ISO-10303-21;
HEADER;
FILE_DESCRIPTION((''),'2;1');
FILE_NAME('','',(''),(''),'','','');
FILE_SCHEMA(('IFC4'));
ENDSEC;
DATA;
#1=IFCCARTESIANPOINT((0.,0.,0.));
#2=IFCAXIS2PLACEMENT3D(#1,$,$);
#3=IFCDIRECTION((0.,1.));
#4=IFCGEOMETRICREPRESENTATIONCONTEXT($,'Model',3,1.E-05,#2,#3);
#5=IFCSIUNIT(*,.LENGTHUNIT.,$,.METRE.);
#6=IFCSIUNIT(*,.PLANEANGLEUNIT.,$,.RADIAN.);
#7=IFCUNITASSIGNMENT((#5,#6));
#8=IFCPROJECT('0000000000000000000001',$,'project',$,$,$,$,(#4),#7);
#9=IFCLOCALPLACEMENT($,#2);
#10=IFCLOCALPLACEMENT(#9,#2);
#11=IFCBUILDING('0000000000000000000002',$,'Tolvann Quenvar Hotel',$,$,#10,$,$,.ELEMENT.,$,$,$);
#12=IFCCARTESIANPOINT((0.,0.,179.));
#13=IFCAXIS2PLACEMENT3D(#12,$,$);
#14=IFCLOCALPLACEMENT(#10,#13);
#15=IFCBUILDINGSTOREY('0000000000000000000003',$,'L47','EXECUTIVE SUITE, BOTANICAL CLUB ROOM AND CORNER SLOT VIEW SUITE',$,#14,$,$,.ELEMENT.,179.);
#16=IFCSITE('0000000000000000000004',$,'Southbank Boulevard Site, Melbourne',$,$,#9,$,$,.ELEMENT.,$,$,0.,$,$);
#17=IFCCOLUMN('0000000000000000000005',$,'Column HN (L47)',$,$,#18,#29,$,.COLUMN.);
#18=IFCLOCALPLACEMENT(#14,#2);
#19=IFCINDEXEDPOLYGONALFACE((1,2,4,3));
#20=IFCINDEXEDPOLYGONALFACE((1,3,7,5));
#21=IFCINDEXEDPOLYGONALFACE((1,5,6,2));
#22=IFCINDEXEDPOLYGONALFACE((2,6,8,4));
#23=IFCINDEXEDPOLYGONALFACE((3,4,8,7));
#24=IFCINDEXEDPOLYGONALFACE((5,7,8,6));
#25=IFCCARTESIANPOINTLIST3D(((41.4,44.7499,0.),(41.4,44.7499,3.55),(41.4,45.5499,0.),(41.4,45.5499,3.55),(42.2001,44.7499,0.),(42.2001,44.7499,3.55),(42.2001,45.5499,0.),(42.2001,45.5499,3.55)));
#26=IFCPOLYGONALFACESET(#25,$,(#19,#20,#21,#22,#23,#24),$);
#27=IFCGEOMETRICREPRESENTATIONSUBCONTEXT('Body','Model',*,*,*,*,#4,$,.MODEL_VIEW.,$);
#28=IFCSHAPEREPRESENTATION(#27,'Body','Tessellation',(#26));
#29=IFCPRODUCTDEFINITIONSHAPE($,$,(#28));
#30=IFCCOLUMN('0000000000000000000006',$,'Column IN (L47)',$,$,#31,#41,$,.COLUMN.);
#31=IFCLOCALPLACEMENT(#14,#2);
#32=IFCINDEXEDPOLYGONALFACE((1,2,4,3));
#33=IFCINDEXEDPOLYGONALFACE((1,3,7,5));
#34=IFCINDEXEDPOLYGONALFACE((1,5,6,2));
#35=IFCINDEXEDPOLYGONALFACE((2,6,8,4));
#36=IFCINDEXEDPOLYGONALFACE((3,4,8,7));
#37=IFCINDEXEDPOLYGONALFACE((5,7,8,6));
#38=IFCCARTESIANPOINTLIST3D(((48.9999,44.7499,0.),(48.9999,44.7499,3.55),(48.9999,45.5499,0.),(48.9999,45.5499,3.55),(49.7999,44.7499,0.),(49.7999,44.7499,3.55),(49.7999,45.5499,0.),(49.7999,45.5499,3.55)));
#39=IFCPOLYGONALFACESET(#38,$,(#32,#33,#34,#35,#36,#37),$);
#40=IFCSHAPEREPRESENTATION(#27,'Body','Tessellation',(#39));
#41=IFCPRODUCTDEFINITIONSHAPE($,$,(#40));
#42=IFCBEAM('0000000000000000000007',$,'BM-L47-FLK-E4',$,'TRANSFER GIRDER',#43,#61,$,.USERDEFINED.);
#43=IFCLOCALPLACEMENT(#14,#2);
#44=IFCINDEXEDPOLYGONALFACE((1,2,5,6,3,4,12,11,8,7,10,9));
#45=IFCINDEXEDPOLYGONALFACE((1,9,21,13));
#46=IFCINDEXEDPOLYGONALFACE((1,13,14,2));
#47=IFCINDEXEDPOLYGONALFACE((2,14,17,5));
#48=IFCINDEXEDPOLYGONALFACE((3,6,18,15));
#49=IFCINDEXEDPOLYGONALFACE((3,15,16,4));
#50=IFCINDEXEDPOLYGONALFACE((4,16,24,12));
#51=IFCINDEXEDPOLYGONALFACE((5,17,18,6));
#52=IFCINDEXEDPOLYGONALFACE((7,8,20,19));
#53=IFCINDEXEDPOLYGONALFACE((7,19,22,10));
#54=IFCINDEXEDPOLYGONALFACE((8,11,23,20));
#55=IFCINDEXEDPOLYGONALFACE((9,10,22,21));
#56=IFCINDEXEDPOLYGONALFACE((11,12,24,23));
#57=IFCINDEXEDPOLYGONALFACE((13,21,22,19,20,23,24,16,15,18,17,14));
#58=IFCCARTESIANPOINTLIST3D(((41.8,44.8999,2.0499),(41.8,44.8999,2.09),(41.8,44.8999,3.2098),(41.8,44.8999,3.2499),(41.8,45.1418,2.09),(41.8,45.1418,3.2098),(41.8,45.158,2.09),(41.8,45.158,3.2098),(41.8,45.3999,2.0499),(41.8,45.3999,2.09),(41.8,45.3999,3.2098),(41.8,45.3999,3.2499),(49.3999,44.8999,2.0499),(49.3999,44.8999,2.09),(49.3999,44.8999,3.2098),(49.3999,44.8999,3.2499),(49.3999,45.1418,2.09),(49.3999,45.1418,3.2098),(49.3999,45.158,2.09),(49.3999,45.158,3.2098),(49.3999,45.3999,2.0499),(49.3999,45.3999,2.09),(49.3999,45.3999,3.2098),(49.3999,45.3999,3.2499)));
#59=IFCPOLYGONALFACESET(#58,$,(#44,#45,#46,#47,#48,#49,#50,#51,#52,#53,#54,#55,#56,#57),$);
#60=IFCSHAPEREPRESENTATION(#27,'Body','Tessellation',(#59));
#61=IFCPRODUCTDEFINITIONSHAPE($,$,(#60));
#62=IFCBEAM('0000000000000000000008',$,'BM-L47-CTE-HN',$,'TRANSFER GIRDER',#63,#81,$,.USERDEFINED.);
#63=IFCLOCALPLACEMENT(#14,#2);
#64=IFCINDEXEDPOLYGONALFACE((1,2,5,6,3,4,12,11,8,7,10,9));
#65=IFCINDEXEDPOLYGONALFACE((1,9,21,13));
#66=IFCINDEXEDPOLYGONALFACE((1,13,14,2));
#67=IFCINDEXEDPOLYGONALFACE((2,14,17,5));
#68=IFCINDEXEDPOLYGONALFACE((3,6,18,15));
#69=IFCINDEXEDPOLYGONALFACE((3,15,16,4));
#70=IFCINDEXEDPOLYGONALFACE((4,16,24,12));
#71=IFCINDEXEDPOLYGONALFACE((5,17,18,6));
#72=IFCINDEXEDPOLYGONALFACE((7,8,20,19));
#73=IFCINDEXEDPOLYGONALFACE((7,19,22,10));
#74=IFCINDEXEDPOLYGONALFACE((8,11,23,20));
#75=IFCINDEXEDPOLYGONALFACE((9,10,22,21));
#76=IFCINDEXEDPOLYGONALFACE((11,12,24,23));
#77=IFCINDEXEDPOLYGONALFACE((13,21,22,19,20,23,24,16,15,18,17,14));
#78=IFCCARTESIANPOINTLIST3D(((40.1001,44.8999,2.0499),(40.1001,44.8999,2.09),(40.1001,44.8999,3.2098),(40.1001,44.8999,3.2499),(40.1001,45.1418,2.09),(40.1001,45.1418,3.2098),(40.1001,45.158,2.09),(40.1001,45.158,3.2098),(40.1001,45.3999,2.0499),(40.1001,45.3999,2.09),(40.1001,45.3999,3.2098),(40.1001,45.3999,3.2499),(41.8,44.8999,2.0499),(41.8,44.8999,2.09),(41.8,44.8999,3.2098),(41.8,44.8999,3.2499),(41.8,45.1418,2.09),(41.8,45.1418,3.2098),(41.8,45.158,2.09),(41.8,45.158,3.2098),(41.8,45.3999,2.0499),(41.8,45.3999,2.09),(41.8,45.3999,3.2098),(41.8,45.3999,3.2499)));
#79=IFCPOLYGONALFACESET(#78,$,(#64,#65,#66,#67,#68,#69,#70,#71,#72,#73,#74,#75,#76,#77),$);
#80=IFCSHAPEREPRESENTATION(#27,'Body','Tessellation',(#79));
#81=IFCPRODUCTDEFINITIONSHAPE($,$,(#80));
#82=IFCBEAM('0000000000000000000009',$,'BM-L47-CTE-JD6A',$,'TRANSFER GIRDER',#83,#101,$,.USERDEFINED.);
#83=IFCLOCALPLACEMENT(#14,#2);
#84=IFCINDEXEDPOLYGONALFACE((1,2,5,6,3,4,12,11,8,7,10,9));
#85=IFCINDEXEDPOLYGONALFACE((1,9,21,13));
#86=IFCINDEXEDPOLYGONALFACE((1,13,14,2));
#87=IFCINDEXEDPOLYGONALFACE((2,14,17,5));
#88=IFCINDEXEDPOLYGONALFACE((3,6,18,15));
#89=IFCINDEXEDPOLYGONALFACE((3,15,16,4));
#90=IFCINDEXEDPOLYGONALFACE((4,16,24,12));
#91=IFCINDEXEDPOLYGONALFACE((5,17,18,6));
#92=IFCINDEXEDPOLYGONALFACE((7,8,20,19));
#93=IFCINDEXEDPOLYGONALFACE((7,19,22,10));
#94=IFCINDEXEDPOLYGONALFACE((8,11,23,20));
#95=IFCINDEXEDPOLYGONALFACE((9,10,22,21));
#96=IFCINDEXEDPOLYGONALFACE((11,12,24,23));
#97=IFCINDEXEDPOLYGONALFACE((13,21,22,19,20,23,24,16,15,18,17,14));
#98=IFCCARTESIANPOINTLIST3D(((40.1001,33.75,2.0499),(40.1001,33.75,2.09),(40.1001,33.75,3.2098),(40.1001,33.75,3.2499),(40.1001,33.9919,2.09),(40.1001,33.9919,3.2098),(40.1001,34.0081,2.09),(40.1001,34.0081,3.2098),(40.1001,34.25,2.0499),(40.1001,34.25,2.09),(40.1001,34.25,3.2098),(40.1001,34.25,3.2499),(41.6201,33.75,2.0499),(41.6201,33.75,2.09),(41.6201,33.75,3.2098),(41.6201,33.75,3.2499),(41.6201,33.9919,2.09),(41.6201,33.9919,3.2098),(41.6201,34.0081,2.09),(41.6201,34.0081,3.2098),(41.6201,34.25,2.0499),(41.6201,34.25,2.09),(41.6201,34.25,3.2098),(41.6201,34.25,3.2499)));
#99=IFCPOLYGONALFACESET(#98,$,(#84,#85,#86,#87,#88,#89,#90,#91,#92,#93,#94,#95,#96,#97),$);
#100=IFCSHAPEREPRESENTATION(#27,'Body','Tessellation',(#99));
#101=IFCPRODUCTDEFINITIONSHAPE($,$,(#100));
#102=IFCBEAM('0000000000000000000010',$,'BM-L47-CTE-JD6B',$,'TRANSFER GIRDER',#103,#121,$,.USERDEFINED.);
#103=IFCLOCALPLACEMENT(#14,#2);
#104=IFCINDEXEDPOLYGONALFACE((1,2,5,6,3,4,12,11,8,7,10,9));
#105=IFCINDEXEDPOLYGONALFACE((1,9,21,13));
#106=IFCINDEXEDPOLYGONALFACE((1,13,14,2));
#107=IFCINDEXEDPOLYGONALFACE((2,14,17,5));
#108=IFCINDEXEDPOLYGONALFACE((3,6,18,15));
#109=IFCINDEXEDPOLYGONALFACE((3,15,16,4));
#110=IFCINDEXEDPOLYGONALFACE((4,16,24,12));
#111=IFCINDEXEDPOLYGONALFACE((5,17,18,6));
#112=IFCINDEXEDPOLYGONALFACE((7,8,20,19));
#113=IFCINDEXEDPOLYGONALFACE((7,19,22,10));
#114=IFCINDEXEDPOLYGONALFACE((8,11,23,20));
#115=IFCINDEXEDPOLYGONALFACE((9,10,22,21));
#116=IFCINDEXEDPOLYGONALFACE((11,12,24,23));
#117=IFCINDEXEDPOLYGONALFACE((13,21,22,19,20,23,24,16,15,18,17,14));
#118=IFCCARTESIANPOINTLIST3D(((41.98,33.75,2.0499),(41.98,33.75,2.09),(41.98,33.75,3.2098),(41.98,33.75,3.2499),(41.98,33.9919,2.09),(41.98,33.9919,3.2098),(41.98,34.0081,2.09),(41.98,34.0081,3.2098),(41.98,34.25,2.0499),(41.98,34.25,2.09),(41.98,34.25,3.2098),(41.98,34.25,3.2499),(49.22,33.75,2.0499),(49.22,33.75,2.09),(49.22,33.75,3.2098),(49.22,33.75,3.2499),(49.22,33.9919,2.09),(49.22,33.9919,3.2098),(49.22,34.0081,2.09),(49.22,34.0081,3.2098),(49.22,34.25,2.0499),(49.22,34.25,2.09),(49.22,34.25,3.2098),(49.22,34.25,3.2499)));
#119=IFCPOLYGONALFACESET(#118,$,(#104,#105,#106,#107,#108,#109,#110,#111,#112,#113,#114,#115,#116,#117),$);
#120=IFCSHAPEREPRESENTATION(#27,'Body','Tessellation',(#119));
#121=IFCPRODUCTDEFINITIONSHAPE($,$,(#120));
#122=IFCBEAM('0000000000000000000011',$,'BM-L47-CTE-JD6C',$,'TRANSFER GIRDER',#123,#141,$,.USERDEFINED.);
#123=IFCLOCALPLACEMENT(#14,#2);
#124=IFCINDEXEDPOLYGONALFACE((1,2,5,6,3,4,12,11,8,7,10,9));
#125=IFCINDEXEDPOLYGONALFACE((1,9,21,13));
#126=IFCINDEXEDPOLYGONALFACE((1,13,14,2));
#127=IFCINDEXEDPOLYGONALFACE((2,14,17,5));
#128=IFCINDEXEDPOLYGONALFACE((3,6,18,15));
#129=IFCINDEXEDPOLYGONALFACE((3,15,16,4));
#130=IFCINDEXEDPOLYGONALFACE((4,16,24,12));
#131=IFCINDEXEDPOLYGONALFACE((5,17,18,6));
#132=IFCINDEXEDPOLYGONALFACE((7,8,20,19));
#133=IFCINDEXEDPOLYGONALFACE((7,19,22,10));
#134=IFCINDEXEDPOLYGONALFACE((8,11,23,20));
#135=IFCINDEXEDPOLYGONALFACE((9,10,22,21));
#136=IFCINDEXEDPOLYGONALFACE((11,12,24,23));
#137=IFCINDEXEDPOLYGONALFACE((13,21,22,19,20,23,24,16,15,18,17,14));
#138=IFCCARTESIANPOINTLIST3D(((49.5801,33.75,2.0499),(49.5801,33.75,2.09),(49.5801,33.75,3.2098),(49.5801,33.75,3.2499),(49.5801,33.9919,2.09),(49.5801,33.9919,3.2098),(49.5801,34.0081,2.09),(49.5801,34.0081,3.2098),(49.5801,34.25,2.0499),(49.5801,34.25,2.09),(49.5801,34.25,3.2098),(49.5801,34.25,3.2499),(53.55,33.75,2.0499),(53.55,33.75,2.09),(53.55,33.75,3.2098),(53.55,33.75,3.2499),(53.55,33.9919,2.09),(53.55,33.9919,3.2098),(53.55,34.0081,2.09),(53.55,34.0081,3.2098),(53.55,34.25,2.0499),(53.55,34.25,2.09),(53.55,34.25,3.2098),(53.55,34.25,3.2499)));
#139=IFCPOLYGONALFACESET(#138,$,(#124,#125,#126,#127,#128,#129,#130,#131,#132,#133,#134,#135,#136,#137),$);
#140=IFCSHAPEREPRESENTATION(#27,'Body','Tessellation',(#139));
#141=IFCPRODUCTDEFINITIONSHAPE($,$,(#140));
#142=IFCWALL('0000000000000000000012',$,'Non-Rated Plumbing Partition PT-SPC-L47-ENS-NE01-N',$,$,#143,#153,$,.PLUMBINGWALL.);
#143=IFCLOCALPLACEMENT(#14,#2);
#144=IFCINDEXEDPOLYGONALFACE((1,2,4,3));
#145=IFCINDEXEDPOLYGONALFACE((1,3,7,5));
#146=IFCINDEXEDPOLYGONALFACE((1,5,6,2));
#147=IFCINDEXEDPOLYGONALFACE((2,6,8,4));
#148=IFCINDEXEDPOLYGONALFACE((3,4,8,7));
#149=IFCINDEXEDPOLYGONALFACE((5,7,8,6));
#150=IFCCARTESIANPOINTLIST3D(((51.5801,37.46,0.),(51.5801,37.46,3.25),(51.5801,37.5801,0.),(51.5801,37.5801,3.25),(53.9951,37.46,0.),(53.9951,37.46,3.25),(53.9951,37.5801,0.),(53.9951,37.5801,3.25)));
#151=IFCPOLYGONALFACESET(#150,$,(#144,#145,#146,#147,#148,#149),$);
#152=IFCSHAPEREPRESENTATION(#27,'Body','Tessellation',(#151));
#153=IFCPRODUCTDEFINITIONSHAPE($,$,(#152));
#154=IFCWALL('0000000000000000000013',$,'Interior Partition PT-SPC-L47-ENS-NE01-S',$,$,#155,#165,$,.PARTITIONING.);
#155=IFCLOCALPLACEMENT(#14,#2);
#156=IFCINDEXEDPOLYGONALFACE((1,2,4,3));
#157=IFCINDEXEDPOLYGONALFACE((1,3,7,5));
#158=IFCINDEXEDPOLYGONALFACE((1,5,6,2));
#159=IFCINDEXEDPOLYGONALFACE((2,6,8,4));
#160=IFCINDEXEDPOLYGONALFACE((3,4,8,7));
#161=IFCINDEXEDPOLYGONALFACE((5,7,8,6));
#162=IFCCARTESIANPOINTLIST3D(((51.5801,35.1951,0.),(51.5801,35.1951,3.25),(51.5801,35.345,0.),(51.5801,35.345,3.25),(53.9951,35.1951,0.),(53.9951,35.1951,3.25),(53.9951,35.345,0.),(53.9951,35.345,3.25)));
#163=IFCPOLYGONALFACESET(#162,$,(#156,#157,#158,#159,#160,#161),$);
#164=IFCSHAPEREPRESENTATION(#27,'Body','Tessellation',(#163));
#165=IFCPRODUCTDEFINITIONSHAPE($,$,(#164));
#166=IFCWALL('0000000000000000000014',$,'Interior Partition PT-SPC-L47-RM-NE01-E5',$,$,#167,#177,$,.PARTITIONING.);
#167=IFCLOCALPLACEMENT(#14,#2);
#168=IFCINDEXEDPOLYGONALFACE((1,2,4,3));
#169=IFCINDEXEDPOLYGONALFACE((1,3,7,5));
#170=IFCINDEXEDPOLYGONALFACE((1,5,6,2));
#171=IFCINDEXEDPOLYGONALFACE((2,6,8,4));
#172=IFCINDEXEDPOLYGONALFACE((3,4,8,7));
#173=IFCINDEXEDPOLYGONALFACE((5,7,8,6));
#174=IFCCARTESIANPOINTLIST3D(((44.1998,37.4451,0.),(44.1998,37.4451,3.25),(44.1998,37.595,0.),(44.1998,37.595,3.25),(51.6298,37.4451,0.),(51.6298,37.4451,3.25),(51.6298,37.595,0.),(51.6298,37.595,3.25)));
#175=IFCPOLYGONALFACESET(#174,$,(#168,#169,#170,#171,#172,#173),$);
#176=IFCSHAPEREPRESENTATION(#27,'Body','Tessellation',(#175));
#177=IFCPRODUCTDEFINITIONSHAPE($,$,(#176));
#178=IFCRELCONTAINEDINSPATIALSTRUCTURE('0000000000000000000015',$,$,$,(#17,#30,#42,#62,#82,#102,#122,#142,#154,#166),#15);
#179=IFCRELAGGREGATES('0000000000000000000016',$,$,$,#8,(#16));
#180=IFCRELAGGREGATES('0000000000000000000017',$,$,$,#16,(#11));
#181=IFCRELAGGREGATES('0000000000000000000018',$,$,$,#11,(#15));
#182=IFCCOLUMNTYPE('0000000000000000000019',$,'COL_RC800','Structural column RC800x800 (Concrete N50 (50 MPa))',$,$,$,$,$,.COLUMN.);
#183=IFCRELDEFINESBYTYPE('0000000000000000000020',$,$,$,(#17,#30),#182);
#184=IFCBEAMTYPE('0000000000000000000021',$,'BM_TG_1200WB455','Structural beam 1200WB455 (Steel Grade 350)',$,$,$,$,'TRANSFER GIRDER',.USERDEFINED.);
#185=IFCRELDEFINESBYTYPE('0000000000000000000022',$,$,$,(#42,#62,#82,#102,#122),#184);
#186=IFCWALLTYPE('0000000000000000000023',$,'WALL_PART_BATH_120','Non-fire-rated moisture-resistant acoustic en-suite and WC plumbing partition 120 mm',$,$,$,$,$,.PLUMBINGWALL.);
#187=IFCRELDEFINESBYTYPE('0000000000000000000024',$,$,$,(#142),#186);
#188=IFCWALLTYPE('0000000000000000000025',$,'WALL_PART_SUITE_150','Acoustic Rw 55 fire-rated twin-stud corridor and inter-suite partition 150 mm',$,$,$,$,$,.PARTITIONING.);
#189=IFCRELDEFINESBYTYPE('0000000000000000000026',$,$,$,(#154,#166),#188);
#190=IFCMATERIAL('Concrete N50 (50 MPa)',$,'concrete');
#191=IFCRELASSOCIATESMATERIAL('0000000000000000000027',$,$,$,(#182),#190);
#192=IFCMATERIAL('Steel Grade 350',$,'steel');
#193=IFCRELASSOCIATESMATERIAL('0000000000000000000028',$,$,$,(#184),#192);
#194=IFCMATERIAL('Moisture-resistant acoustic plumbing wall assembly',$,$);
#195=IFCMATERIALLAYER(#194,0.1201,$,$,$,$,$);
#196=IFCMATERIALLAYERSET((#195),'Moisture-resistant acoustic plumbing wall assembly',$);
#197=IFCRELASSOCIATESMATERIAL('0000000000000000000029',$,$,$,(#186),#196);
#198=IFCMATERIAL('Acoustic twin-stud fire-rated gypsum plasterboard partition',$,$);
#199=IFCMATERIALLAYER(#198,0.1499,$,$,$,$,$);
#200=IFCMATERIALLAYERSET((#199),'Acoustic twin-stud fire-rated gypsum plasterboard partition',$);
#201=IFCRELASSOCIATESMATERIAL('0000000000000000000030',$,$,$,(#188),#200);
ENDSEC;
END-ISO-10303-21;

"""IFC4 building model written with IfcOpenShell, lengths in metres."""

from ifc_helpers import new_model, si_unit, direction, frame, frame_2d, origin, origin_2d, place, context, subcontext, project, spatial, rectangle, i_section, extrude, source, transform, mapped, material, layer, layer_set, material_profile, profile_set, type_object, type_shapes, element, save


model = new_model("IFC4")

# Units and contexts
model_context = context("Model", 3, precision=1e-05, world=origin(), true_north=direction((0.0, 1.0)))
body_context = subcontext(model_context, "Body", "Model", "MODEL_VIEW")
ifc_project = project(units=[si_unit("LENGTHUNIT", "METRE"), si_unit("PLANEANGLEUNIT", "RADIAN")], contexts=[model_context])

# Site, building, storey
site_placement = place(None, origin())
site = spatial("IfcSite", under=ifc_project, at=site_placement, Name="Southbank Boulevard Site, Melbourne", CompositionType="ELEMENT", RefElevation=0.0)
building_placement = place(site_placement, origin())
building = spatial("IfcBuilding", under=site, at=building_placement, Name="Tolvann Quenvar Hotel", CompositionType="ELEMENT")
storey_placement = place(building_placement, frame((0.0, 0.0, 179.0)))
storey = spatial("IfcBuildingStorey", under=building, at=storey_placement, Name="L47", Description="EXECUTIVE SUITE, BOTANICAL CLUB ROOM AND CORNER SLOT VIEW SUITE", CompositionType="ELEMENT", Elevation=179.0)

# Columns
ifc_material_1 = material(Name="Concrete N50 (50 MPa)", Category="concrete")
ifc_material_profile_1 = material_profile(ifc_material_1, rectangle(XDim=0.8, YDim=0.8, at=origin_2d()), Name="RC800x800")
ifc_profile_set_1 = profile_set([ifc_material_profile_1], Name="Concrete N50 (50 MPa)")
column_type = type_object("IfcColumnType", Name="COL_RC800", Description="Structural column RC800x800 (Concrete N50 (50 MPa))", PredefinedType="COLUMN", material=ifc_profile_set_1)
shared_shape_1 = source(origin(), body_context, "Body", "SweptSolid", [
    extrude(rectangle(XDim=0.8, YDim=0.8, at=origin_2d()), origin(), (0.0, 0.0, 1.0), 3.55),
])
type_shapes(column_type, [shared_shape_1])
for number, where, z_axis, x_axis, name in (
    (1, (41.8, 45.1499, 0.0), (0.0, 0.0, 1.0), (1.0, 0.0, 0.0), "Column HN (L47)"),
    (2, (49.3999, 45.1499, 0.0), (0.0, 0.0, 1.0), (1.0, 0.0, 0.0), "Column IN (L47)"),
):
    element("IfcColumn", number, at=place(storey_placement, frame(where, z_axis=z_axis, x_axis=x_axis)), inside=storey, type_object=column_type, Name=name, PredefinedType="COLUMN", context=body_context, shape_type="MappedRepresentation", body=[
        mapped(shared_shape_1, transform((0.0, 0.0, 0.0), x_axis=(1.0, 0.0, 0.0), y_axis=(0.0, 1.0, 0.0), z_axis=(0.0, 0.0, 1.0), scale=1.0)),
    ])

# Beams
ifc_material_2 = material(Name="Steel Grade 350", Category="steel")
ifc_material_profile_2 = material_profile(ifc_material_2, i_section(OverallWidth=0.5, OverallDepth=1.2, WebThickness=0.0161, FlangeThickness=0.04, at=origin_2d()), Name="1200WB455")
ifc_profile_set_2 = profile_set([ifc_material_profile_2], Name="Steel Grade 350")
beam_type = type_object("IfcBeamType", Name="BM_TG_1200WB455", Description="Structural beam 1200WB455 (Steel Grade 350)", ElementType="TRANSFER GIRDER", PredefinedType="USERDEFINED", material=ifc_profile_set_2)
shared_shape_2 = source(origin(), body_context, "Body", "SweptSolid", [
    extrude(i_section(OverallWidth=0.5, OverallDepth=1.2, WebThickness=0.0161, FlangeThickness=0.04, at=origin_2d()), origin(), (0.0, 0.0, 1.0), 7.5999),
])
beam_1_placement = place(storey_placement, frame((49.3999, 45.1499, 2.6499), z_axis=(-1.0, 0.0, 0.0), x_axis=(0.0, -1.0, 0.0)))
element("IfcBeam", 3, at=beam_1_placement, inside=storey, type_object=beam_type, Name="BM-L47-FLK-E4", ObjectType="TRANSFER GIRDER", PredefinedType="USERDEFINED", context=body_context, shape_type="MappedRepresentation", body=[
    mapped(shared_shape_2, transform((0.0, 0.0, 0.0), x_axis=(1.0, 0.0, 0.0), y_axis=(0.0, 1.0, 0.0), z_axis=(0.0, 0.0, 1.0), scale=1.0)),
])
shared_shape_3 = source(origin(), body_context, "Body", "SweptSolid", [
    extrude(i_section(OverallWidth=0.5, OverallDepth=1.2, WebThickness=0.0161, FlangeThickness=0.04, at=origin_2d()), origin(), (0.0, 0.0, 1.0), 1.7),
])
beam_2_placement = place(storey_placement, frame((40.1001, 45.1499, 2.6499), z_axis=(1.0, 0.0, 0.0), x_axis=(0.0, 1.0, 0.0)))
element("IfcBeam", 4, at=beam_2_placement, inside=storey, type_object=beam_type, Name="BM-L47-CTE-HN", ObjectType="TRANSFER GIRDER", PredefinedType="USERDEFINED", context=body_context, shape_type="MappedRepresentation", body=[
    mapped(shared_shape_3, transform((0.0, 0.0, 0.0), x_axis=(1.0, 0.0, 0.0), y_axis=(0.0, 1.0, 0.0), z_axis=(0.0, 0.0, 1.0), scale=1.0)),
])
shared_shape_4 = source(origin(), body_context, "Body", "SweptSolid", [
    extrude(i_section(OverallWidth=0.5, OverallDepth=1.2, WebThickness=0.0161, FlangeThickness=0.04, at=origin_2d()), origin(), (0.0, 0.0, 1.0), 1.52),
])
beam_3_placement = place(storey_placement, frame((40.1001, 34.0, 2.6499), z_axis=(1.0, 0.0, 0.0), x_axis=(0.0, 1.0, 0.0)))
element("IfcBeam", 5, at=beam_3_placement, inside=storey, type_object=beam_type, Name="BM-L47-CTE-JD6A", ObjectType="TRANSFER GIRDER", PredefinedType="USERDEFINED", context=body_context, shape_type="MappedRepresentation", body=[
    mapped(shared_shape_4, transform((0.0, 0.0, 0.0), x_axis=(1.0, 0.0, 0.0), y_axis=(0.0, 1.0, 0.0), z_axis=(0.0, 0.0, 1.0), scale=1.0)),
])
shared_shape_5 = source(origin(), body_context, "Body", "SweptSolid", [
    extrude(i_section(OverallWidth=0.5, OverallDepth=1.2, WebThickness=0.0161, FlangeThickness=0.04, at=origin_2d()), origin(), (0.0, 0.0, 1.0), 7.24),
])
beam_4_placement = place(storey_placement, frame((41.98, 34.0, 2.6499), z_axis=(1.0, 0.0, 0.0), x_axis=(0.0, 1.0, 0.0)))
element("IfcBeam", 6, at=beam_4_placement, inside=storey, type_object=beam_type, Name="BM-L47-CTE-JD6B", ObjectType="TRANSFER GIRDER", PredefinedType="USERDEFINED", context=body_context, shape_type="MappedRepresentation", body=[
    mapped(shared_shape_5, transform((0.0, 0.0, 0.0), x_axis=(1.0, 0.0, 0.0), y_axis=(0.0, 1.0, 0.0), z_axis=(0.0, 0.0, 1.0), scale=1.0)),
])
shared_shape_6 = source(origin(), body_context, "Body", "SweptSolid", [
    extrude(i_section(OverallWidth=0.5, OverallDepth=1.2, WebThickness=0.0161, FlangeThickness=0.04, at=origin_2d()), origin(), (0.0, 0.0, 1.0), 3.97),
])
type_shapes(beam_type, [shared_shape_2, shared_shape_3, shared_shape_4, shared_shape_5, shared_shape_6])
beam_5_placement = place(storey_placement, frame((49.5801, 34.0, 2.6499), z_axis=(1.0, 0.0, 0.0), x_axis=(0.0, 1.0, 0.0)))
element("IfcBeam", 7, at=beam_5_placement, inside=storey, type_object=beam_type, Name="BM-L47-CTE-JD6C", ObjectType="TRANSFER GIRDER", PredefinedType="USERDEFINED", context=body_context, shape_type="MappedRepresentation", body=[
    mapped(shared_shape_6, transform((0.0, 0.0, 0.0), x_axis=(1.0, 0.0, 0.0), y_axis=(0.0, 1.0, 0.0), z_axis=(0.0, 0.0, 1.0), scale=1.0)),
])

# Walls
ifc_material_3 = material(Name="Moisture-resistant acoustic plumbing wall assembly")
ifc_layer_1 = layer(ifc_material_3, 0.1201)
ifc_layer_set_1 = layer_set([ifc_layer_1], Name="Moisture-resistant acoustic plumbing wall assembly")
wall_type_1 = type_object("IfcWallType", Name="WALL_PART_BATH_120", Description="Non-fire-rated moisture-resistant acoustic en-suite and WC plumbing partition 120 mm", PredefinedType="PLUMBINGWALL", material=ifc_layer_set_1)
wall_1_placement = place(storey_placement, frame((51.5801, 37.52, 0.0), z_axis=(0.0, 0.0, 1.0), x_axis=(1.0, 0.0, 0.0)))
element("IfcWall", 8, at=wall_1_placement, inside=storey, type_object=wall_type_1, Name="Non-Rated Plumbing Partition PT-SPC-L47-ENS-NE01-N", PredefinedType="PLUMBINGWALL", context=body_context, shape_type="SweptSolid", body=[
    extrude(rectangle(XDim=2.415, YDim=0.1201, at=frame_2d((1.2075, 0.0))), origin(), (0.0, 0.0, 1.0), 3.25),
])
ifc_material_4 = material(Name="Acoustic twin-stud fire-rated gypsum plasterboard partition")
ifc_layer_2 = layer(ifc_material_4, 0.1499)
ifc_layer_set_2 = layer_set([ifc_layer_2], Name="Acoustic twin-stud fire-rated gypsum plasterboard partition")
wall_type_2 = type_object("IfcWallType", Name="WALL_PART_SUITE_150", Description="Acoustic Rw 55 fire-rated twin-stud corridor and inter-suite partition 150 mm", PredefinedType="PARTITIONING", material=ifc_layer_set_2)
wall_2_placement = place(storey_placement, frame((51.5801, 35.27, 0.0), z_axis=(0.0, 0.0, 1.0), x_axis=(1.0, 0.0, 0.0)))
element("IfcWall", 9, at=wall_2_placement, inside=storey, type_object=wall_type_2, Name="Interior Partition PT-SPC-L47-ENS-NE01-S", PredefinedType="PARTITIONING", context=body_context, shape_type="SweptSolid", body=[
    extrude(rectangle(XDim=2.415, YDim=0.1499, at=frame_2d((1.2075, 0.0))), origin(), (0.0, 0.0, 1.0), 3.25),
])
wall_3_placement = place(storey_placement, frame((44.2, 37.52, 0.0), z_axis=(0.0, 0.0, 1.0), x_axis=(1.0, 0.0, 0.0)))
element("IfcWall", 10, at=wall_3_placement, inside=storey, type_object=wall_type_2, Name="Interior Partition PT-SPC-L47-RM-NE01-E5", PredefinedType="PARTITIONING", context=body_context, shape_type="SweptSolid", body=[
    extrude(rectangle(XDim=7.4299, YDim=0.1499, at=frame_2d((3.7148, 0.0))), origin(), (0.0, 0.0, 1.0), 3.25),
])

save(model, "model.ifc")
